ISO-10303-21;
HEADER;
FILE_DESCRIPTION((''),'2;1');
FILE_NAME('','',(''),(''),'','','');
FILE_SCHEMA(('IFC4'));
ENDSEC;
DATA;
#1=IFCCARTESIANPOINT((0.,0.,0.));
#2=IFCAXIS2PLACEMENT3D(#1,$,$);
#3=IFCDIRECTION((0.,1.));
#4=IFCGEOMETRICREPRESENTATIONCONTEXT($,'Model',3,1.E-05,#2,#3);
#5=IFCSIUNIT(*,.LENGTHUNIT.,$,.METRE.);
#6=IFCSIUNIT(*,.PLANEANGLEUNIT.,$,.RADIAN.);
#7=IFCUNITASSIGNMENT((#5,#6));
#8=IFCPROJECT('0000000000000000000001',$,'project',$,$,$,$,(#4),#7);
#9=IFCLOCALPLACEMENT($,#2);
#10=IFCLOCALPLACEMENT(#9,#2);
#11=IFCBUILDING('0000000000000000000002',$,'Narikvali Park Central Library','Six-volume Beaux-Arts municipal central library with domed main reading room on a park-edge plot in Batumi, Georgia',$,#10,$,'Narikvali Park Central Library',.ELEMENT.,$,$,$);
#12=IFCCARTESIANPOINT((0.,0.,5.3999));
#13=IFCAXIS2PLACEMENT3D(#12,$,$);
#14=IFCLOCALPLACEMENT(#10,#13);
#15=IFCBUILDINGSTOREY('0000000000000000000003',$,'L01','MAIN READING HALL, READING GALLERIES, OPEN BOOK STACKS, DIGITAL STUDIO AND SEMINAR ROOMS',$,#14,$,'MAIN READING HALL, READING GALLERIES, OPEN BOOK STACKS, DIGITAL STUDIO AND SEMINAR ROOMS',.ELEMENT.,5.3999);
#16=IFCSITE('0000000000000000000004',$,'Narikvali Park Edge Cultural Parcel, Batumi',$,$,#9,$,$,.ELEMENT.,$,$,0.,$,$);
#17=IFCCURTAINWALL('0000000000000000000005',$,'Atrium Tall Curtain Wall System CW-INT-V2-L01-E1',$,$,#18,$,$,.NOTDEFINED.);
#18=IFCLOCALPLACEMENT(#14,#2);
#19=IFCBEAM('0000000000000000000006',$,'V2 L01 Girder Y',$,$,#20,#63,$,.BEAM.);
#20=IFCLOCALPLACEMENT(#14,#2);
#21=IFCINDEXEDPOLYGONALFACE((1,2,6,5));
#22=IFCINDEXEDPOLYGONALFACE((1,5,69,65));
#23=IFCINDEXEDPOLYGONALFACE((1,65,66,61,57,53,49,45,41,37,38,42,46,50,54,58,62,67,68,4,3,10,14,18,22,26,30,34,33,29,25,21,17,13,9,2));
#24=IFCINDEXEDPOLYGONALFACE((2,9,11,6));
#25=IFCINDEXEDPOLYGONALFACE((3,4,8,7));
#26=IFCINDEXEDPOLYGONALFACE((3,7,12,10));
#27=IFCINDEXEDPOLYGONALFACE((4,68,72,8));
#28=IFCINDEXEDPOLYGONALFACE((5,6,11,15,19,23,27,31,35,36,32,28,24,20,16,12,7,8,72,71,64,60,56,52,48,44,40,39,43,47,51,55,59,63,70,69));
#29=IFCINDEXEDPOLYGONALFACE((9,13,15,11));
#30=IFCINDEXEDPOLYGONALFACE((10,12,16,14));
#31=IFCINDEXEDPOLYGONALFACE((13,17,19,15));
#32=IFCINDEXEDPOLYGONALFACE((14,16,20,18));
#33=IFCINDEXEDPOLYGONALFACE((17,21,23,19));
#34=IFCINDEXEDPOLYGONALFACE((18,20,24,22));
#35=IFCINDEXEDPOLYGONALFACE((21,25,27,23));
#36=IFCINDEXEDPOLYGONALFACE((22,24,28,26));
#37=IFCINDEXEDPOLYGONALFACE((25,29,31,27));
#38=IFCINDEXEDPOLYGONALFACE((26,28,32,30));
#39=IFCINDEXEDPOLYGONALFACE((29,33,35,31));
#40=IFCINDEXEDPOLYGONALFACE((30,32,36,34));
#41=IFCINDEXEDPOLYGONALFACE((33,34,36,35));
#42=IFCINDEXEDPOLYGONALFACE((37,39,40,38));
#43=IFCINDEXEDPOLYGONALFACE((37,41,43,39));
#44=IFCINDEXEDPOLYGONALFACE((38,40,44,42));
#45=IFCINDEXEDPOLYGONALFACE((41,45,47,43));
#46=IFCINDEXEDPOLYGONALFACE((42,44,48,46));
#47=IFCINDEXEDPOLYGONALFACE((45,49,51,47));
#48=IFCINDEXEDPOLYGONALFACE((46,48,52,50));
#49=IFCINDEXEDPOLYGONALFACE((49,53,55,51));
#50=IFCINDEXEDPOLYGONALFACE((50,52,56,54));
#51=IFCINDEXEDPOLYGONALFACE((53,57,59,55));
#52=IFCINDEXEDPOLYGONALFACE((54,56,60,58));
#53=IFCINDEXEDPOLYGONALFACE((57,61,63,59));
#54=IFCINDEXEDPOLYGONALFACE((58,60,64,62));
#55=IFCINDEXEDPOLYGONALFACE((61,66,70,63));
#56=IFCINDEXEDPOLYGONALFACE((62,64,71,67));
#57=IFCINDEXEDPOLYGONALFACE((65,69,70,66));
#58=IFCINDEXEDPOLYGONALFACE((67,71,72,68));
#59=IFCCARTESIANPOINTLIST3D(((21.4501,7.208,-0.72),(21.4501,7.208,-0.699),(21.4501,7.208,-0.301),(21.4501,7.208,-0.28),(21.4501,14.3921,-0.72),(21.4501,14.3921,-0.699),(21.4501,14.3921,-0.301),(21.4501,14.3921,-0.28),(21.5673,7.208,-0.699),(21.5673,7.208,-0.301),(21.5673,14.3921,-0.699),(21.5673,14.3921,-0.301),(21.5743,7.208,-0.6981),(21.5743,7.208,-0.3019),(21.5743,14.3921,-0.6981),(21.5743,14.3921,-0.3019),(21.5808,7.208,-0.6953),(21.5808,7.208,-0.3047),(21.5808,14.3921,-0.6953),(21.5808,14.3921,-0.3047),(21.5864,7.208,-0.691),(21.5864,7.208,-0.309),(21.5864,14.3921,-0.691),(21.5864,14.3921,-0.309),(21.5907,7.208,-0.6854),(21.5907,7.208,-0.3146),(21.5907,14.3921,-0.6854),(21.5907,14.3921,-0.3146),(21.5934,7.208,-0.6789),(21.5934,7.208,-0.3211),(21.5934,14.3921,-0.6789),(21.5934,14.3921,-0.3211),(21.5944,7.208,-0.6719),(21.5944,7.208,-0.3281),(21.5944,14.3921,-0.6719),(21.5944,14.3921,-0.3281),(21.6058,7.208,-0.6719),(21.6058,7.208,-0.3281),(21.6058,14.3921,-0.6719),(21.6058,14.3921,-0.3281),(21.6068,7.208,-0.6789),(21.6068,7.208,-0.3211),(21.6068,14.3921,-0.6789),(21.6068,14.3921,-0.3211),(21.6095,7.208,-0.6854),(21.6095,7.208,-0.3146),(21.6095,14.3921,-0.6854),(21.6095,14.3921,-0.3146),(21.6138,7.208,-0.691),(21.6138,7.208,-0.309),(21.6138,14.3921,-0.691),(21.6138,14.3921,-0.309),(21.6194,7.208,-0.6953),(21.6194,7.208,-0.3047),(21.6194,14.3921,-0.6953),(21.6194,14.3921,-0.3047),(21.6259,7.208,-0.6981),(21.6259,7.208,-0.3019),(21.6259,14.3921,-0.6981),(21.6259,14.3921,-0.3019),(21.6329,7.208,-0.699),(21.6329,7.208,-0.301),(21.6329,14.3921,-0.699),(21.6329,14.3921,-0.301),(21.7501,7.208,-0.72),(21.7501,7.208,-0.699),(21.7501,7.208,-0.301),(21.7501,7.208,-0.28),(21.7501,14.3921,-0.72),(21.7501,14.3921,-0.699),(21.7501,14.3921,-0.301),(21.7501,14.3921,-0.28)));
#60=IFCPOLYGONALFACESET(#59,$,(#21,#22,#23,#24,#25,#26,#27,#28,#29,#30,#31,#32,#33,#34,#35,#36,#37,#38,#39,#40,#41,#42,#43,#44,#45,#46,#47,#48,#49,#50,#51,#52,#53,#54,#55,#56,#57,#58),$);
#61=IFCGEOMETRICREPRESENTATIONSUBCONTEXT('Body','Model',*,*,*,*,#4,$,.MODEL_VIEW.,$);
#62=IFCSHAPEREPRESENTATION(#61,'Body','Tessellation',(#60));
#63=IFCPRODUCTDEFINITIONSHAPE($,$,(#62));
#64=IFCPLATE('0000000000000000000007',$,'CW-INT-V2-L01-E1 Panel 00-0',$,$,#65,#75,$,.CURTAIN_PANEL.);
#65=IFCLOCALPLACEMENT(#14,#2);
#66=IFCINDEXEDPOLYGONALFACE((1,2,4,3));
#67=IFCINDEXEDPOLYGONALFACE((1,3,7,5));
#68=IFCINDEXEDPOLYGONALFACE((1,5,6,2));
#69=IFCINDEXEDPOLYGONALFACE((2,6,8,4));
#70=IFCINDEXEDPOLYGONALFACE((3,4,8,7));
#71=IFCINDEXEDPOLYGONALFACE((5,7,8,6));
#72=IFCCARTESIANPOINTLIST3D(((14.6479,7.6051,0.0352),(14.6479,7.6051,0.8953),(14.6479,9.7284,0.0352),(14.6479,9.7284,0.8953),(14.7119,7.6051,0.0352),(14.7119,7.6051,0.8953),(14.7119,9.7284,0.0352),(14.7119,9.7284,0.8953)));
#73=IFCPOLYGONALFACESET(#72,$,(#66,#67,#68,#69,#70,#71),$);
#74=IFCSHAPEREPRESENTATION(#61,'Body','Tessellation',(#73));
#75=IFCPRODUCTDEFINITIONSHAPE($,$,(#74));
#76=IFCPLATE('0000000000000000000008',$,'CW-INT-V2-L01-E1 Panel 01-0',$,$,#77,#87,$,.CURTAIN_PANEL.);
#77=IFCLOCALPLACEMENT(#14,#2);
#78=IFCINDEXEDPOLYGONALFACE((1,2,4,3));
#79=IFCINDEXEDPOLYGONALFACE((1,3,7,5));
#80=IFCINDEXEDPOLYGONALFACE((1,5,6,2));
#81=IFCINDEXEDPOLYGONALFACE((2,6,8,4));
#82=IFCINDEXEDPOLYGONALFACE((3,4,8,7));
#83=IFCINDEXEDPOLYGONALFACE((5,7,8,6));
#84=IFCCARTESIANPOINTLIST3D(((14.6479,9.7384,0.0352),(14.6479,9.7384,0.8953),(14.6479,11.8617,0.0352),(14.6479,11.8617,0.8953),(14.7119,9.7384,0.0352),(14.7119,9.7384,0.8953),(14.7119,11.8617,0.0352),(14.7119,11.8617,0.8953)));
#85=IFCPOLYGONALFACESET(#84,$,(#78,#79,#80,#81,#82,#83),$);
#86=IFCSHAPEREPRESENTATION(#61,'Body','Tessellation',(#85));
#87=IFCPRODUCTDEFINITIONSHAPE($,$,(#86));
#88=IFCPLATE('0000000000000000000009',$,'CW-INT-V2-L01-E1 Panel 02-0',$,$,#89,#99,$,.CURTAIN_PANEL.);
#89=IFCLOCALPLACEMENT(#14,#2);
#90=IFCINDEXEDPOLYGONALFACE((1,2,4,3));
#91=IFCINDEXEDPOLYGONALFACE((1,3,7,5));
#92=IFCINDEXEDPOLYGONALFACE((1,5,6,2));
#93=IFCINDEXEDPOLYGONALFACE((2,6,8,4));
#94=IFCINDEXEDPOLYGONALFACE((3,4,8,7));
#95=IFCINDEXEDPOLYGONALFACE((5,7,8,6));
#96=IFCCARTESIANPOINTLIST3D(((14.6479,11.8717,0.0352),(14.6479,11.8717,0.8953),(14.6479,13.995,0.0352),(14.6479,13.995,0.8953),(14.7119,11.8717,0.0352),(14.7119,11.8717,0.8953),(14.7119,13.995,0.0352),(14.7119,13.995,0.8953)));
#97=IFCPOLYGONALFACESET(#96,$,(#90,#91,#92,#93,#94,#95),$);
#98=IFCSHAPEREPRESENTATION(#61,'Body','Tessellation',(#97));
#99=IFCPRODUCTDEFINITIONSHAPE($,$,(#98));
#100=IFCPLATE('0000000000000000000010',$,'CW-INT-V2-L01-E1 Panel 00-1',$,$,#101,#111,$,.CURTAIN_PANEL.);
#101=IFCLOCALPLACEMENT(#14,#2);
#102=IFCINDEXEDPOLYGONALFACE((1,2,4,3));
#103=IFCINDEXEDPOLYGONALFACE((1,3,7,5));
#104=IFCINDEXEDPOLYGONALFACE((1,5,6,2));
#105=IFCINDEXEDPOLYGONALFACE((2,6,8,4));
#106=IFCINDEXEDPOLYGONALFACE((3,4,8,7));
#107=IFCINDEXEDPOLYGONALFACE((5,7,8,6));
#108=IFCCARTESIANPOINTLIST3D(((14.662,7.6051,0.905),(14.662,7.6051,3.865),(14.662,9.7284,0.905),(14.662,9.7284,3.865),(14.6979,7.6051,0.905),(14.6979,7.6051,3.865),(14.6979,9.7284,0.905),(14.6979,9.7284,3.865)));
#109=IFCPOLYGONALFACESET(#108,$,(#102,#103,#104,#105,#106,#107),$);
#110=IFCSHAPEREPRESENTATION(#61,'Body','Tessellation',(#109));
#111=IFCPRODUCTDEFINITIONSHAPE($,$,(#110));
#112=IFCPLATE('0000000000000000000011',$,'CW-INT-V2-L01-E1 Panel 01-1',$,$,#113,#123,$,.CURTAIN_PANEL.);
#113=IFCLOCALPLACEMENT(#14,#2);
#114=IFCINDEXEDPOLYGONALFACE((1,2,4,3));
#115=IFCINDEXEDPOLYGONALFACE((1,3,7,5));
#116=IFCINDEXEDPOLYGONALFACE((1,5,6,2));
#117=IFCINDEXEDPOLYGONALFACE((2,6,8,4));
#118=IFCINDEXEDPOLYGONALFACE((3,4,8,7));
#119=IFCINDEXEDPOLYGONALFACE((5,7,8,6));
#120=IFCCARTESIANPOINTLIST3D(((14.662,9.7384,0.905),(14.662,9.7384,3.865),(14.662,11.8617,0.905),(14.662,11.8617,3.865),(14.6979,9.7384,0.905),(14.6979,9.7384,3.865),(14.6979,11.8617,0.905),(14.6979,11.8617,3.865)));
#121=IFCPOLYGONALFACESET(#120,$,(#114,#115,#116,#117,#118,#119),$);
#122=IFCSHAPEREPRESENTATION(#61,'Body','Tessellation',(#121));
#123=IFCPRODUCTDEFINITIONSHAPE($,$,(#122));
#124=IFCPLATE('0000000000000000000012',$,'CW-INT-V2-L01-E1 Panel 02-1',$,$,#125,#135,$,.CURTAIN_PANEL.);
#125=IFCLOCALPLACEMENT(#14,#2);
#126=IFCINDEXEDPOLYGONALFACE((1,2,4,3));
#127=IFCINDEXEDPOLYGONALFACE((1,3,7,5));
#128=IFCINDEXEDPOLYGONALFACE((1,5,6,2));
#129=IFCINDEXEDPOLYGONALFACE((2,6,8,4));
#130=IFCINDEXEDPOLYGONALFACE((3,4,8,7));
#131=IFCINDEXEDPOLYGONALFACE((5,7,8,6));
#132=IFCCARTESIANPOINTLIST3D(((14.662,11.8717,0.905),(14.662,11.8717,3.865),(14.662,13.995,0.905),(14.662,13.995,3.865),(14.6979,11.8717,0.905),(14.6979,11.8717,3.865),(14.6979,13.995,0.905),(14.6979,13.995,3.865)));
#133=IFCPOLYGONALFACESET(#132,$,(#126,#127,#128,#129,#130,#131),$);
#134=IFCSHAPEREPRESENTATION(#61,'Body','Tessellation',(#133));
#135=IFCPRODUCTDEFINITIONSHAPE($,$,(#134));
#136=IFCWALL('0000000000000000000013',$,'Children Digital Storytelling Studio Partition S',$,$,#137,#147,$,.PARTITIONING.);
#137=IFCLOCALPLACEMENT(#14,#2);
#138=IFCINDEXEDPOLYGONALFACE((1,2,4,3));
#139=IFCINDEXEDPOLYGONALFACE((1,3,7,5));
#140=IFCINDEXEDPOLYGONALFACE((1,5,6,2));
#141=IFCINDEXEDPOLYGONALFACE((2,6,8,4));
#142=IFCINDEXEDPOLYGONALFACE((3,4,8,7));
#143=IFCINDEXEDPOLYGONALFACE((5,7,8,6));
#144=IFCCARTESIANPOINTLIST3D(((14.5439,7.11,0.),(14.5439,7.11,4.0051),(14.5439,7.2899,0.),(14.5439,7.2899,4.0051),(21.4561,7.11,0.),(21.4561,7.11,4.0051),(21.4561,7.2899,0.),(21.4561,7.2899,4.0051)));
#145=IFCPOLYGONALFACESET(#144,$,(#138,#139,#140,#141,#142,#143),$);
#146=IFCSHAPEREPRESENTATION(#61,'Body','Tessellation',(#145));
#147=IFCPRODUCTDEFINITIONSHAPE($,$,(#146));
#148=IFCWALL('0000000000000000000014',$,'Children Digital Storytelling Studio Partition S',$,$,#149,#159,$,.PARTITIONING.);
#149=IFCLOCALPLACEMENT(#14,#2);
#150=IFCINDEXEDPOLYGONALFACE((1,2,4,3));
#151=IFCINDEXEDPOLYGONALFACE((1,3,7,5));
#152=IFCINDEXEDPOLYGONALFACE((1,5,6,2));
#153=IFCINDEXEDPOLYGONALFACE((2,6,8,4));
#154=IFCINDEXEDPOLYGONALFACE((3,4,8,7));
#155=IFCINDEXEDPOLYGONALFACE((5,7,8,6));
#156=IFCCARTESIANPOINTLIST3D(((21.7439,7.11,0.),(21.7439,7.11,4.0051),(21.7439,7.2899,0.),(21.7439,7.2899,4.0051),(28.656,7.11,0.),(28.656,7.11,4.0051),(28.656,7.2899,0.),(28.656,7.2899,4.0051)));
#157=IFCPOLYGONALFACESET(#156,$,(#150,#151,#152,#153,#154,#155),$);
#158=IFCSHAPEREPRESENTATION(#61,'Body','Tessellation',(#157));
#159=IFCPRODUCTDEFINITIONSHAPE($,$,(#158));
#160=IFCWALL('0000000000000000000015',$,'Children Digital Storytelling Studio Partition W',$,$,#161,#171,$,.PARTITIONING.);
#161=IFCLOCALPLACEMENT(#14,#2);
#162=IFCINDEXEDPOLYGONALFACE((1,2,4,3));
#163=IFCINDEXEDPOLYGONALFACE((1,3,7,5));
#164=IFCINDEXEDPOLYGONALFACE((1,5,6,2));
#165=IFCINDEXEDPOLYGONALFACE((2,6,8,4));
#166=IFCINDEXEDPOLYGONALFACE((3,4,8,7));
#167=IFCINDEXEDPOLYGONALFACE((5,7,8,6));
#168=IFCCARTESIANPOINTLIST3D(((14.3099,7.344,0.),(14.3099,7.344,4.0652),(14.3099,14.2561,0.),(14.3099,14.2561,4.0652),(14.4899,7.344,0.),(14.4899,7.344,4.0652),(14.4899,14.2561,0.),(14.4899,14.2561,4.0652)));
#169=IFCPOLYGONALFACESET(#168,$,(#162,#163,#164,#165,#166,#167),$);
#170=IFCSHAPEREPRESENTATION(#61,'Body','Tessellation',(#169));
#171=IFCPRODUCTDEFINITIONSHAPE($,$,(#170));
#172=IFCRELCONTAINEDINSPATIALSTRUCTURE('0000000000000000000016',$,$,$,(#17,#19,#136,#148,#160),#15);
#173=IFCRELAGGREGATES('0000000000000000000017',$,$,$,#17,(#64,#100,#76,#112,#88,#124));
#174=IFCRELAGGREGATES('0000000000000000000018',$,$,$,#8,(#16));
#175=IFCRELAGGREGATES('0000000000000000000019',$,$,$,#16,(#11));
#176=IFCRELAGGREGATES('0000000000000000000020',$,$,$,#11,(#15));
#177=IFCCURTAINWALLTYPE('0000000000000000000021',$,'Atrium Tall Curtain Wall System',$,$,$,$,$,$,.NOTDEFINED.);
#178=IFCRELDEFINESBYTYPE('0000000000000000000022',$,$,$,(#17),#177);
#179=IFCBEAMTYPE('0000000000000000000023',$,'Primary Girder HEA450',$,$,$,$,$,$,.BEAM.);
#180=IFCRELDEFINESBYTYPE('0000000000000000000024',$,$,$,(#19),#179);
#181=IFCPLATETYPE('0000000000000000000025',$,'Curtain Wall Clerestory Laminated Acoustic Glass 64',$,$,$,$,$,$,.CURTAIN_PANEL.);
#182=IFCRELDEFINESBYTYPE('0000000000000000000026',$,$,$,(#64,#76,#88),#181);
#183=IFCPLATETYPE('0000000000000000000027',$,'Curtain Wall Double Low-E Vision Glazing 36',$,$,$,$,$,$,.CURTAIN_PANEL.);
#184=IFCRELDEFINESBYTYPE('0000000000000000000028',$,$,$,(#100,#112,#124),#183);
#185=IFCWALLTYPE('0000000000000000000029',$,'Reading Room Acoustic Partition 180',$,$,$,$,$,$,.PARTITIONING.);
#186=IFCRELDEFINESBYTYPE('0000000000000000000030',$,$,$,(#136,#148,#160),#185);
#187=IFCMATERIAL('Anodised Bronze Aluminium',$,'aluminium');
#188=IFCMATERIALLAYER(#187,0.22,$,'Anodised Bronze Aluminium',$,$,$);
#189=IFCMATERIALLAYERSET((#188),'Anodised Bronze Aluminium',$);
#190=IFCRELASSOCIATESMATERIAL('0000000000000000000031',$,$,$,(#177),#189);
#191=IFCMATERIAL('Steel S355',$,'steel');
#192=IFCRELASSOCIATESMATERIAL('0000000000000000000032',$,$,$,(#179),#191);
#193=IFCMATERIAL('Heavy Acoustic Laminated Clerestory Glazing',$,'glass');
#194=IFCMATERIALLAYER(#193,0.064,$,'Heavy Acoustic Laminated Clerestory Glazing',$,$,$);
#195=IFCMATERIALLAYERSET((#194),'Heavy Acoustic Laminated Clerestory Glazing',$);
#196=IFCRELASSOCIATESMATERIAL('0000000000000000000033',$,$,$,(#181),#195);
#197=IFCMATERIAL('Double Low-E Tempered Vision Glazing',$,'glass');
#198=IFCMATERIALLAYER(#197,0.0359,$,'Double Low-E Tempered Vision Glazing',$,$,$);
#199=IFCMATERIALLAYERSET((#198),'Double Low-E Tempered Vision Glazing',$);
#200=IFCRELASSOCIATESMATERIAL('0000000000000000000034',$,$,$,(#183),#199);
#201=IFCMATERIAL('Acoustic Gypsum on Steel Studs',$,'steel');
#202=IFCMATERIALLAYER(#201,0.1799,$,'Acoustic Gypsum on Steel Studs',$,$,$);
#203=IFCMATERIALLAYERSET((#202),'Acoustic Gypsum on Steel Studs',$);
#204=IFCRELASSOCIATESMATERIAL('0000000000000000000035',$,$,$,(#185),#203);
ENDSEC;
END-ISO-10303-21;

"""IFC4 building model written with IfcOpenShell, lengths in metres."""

from ifc_helpers import new_model, si_unit, direction, frame, frame_2d, origin, origin_2d, place, context, subcontext, project, spatial, rectangle, i_section, extrude, material, layer, layer_set, material_profile, profile_set, type_object, element, aggregate, save


model = new_model("IFC4")

# Units and contexts
model_context = context("Model", 3, precision=1e-05, world=origin(), true_north=direction((0.0, 1.0)))
body_context = subcontext(model_context, "Body", "Model", "MODEL_VIEW")
ifc_project = project(units=[si_unit("LENGTHUNIT", "METRE"), si_unit("PLANEANGLEUNIT", "RADIAN")], contexts=[model_context])

# Site, building, storey
site_placement = place(None, origin())
site = spatial("IfcSite", under=ifc_project, at=site_placement, Name="Narikvali Park Edge Cultural Parcel, Batumi", CompositionType="ELEMENT", RefElevation=0.0)
building_placement = place(site_placement, origin())
building = spatial("IfcBuilding", under=site, at=building_placement, Name="Narikvali Park Central Library", Description="Six-volume Beaux-Arts municipal central library with domed main reading room on a park-edge plot in Batumi, Georgia", LongName="Narikvali Park Central Library", CompositionType="ELEMENT")
storey_placement = place(building_placement, frame((0.0, 0.0, 5.3999)))
storey = spatial("IfcBuildingStorey", under=building, at=storey_placement, Name="L01", Description="MAIN READING HALL, READING GALLERIES, OPEN BOOK STACKS, DIGITAL STUDIO AND SEMINAR ROOMS", LongName="MAIN READING HALL, READING GALLERIES, OPEN BOOK STACKS, DIGITAL STUDIO AND SEMINAR ROOMS", CompositionType="ELEMENT", Elevation=5.3999)

# Shared definitions
ifc_material_1 = material(Name="Steel S355", Category="steel")

# Curtain wall
ifc_material_2 = material(Name="Anodised Bronze Aluminium", Category="aluminium")
ifc_layer_1 = layer(ifc_material_2, 0.22, Name="Anodised Bronze Aluminium")
ifc_layer_set_1 = layer_set([ifc_layer_1], Name="Anodised Bronze Aluminium")
curtain_wall_type = type_object("IfcCurtainWallType", Name="Atrium Tall Curtain Wall System", PredefinedType="NOTDEFINED", material=ifc_layer_set_1)
curtain_wall_placement = place(storey_placement, origin())
curtain_wall = element("IfcCurtainWall", 1, at=curtain_wall_placement, inside=storey, type_object=curtain_wall_type, Name="Atrium Tall Curtain Wall System CW-INT-V2-L01-E1", PredefinedType="NOTDEFINED")

# Beam
ifc_material_profile_1 = material_profile(ifc_material_1, i_section(OverallWidth=0.3, OverallDepth=0.4399, WebThickness=0.0115, FlangeThickness=0.021, FilletRadius=0.0271, at=origin_2d()), Name="HEA 450")
ifc_profile_set_1 = profile_set([ifc_material_profile_1], Name="Steel S355")
beam_type_1 = type_object("IfcBeamType", Name="Primary Girder HEA450", PredefinedType="BEAM", material=ifc_profile_set_1)
beam_placement = place(storey_placement, frame((21.6001, 7.208, -0.5), z_axis=(0.0, 1.0, 0.0), x_axis=(-1.0, 0.0, 0.0)))
element("IfcBeam", 2, at=beam_placement, inside=storey, type_object=beam_type_1, Name="V2 L01 Girder Y", PredefinedType="BEAM", context=body_context, shape_type="SweptSolid", body=[
    extrude(i_section(OverallWidth=0.3, OverallDepth=0.4399, WebThickness=0.0115, FlangeThickness=0.021, FilletRadius=0.0271, at=origin_2d()), origin(), (0.0, 0.0, 1.0), 7.1841),
])

# Plates
ifc_material_3 = material(Name="Heavy Acoustic Laminated Clerestory Glazing", Category="glass")
ifc_layer_2 = layer(ifc_material_3, 0.064, Name="Heavy Acoustic Laminated Clerestory Glazing")
ifc_layer_set_2 = layer_set([ifc_layer_2], Name="Heavy Acoustic Laminated Clerestory Glazing")
plate_type_1 = type_object("IfcPlateType", Name="Curtain Wall Clerestory Laminated Acoustic Glass 64", PredefinedType="CURTAIN_PANEL", material=ifc_layer_set_2)
plate_1_placement = place(storey_placement, frame((14.6799, 8.6667, 0.0352), z_axis=(0.0, 0.0, 1.0), x_axis=(0.0, 1.0, 0.0)))
plate_1 = element("IfcPlate", 3, at=plate_1_placement, type_object=plate_type_1, Name="CW-INT-V2-L01-E1 Panel 00-0", PredefinedType="CURTAIN_PANEL", context=body_context, shape_type="SweptSolid", body=[
    extrude(rectangle(XDim=2.1233, YDim=0.064, at=origin_2d()), origin(), (0.0, 0.0, 1.0), 0.8601),
])
plate_2_placement = place(storey_placement, frame((14.6799, 10.8, 0.0352), z_axis=(0.0, 0.0, 1.0), x_axis=(0.0, 1.0, 0.0)))
plate_2 = element("IfcPlate", 4, at=plate_2_placement, type_object=plate_type_1, Name="CW-INT-V2-L01-E1 Panel 01-0", PredefinedType="CURTAIN_PANEL", context=body_context, shape_type="SweptSolid", body=[
    extrude(rectangle(XDim=2.1233, YDim=0.064, at=origin_2d()), origin(), (0.0, 0.0, 1.0), 0.8601),
])
plate_3_placement = place(storey_placement, frame((14.6799, 12.9333, 0.0352), z_axis=(0.0, 0.0, 1.0), x_axis=(0.0, 1.0, 0.0)))
plate_3 = element("IfcPlate", 5, at=plate_3_placement, type_object=plate_type_1, Name="CW-INT-V2-L01-E1 Panel 02-0", PredefinedType="CURTAIN_PANEL", context=body_context, shape_type="SweptSolid", body=[
    extrude(rectangle(XDim=2.1233, YDim=0.064, at=origin_2d()), origin(), (0.0, 0.0, 1.0), 0.8601),
])
ifc_material_4 = material(Name="Double Low-E Tempered Vision Glazing", Category="glass")
ifc_layer_3 = layer(ifc_material_4, 0.0359, Name="Double Low-E Tempered Vision Glazing")
ifc_layer_set_3 = layer_set([ifc_layer_3], Name="Double Low-E Tempered Vision Glazing")
plate_type_2 = type_object("IfcPlateType", Name="Curtain Wall Double Low-E Vision Glazing 36", PredefinedType="CURTAIN_PANEL", material=ifc_layer_set_3)
plate_4_placement = place(storey_placement, frame((14.6799, 8.6667, 0.905), z_axis=(0.0, 0.0, 1.0), x_axis=(0.0, 1.0, 0.0)))
plate_4 = element("IfcPlate", 6, at=plate_4_placement, type_object=plate_type_2, Name="CW-INT-V2-L01-E1 Panel 00-1", PredefinedType="CURTAIN_PANEL", context=body_context, shape_type="SweptSolid", body=[
    extrude(rectangle(XDim=2.1233, YDim=0.0359, at=origin_2d()), origin(), (0.0, 0.0, 1.0), 2.96),
])
plate_5_placement = place(storey_placement, frame((14.6799, 10.8, 0.905), z_axis=(0.0, 0.0, 1.0), x_axis=(0.0, 1.0, 0.0)))
plate_5 = element("IfcPlate", 7, at=plate_5_placement, type_object=plate_type_2, Name="CW-INT-V2-L01-E1 Panel 01-1", PredefinedType="CURTAIN_PANEL", context=body_context, shape_type="SweptSolid", body=[
    extrude(rectangle(XDim=2.1233, YDim=0.0359, at=origin_2d()), origin(), (0.0, 0.0, 1.0), 2.96),
])
plate_6_placement = place(storey_placement, frame((14.6799, 12.9333, 0.905), z_axis=(0.0, 0.0, 1.0), x_axis=(0.0, 1.0, 0.0)))
plate_6 = element("IfcPlate", 8, at=plate_6_placement, type_object=plate_type_2, Name="CW-INT-V2-L01-E1 Panel 02-1", PredefinedType="CURTAIN_PANEL", context=body_context, shape_type="SweptSolid", body=[
    extrude(rectangle(XDim=2.1233, YDim=0.0359, at=origin_2d()), origin(), (0.0, 0.0, 1.0), 2.96),
])
aggregate(curtain_wall, [plate_1, plate_4, plate_2, plate_5, plate_3, plate_6])

# Walls
ifc_material_5 = material(Name="Acoustic Gypsum on Steel Studs", Category="steel")
ifc_layer_4 = layer(ifc_material_5, 0.1799, Name="Acoustic Gypsum on Steel Studs")
ifc_layer_set_4 = layer_set([ifc_layer_4], Name="Acoustic Gypsum on Steel Studs")
wall_type = type_object("IfcWallType", Name="Reading Room Acoustic Partition 180", PredefinedType="PARTITIONING", material=ifc_layer_set_4)
for number, where, z_axis, x_axis, name in (
    (9, (14.5439, 7.2, 0.0), (0.0, 0.0, 1.0), (1.0, 0.0, 0.0), "Children Digital Storytelling Studio Partition S"),
    (10, (21.7439, 7.2, 0.0), (0.0, 0.0, 1.0), (1.0, 0.0, 0.0), "Children Digital Storytelling Studio Partition S"),
):
    element("IfcWall", number, at=place(storey_placement, frame(where, z_axis=z_axis, x_axis=x_axis)), inside=storey, type_object=wall_type, Name=name, PredefinedType="PARTITIONING", context=body_context, shape_type="SweptSolid", body=[
        extrude(rectangle(XDim=6.9121, YDim=0.1799, at=frame_2d((3.4561, 0.0))), origin(), (0.0, 0.0, 1.0), 4.0051),
    ])
wall_placement = place(storey_placement, frame((14.3999, 7.344, 0.0), z_axis=(0.0, 0.0, 1.0), x_axis=(0.0, 1.0, 0.0)))
element("IfcWall", 11, at=wall_placement, inside=storey, type_object=wall_type, Name="Children Digital Storytelling Studio Partition W", PredefinedType="PARTITIONING", context=body_context, shape_type="SweptSolid", body=[
    extrude(rectangle(XDim=6.9121, YDim=0.1799, at=frame_2d((3.4561, 0.0))), origin(), (0.0, 0.0, 1.0), 4.0652),
])

save(model, "model.ifc")
